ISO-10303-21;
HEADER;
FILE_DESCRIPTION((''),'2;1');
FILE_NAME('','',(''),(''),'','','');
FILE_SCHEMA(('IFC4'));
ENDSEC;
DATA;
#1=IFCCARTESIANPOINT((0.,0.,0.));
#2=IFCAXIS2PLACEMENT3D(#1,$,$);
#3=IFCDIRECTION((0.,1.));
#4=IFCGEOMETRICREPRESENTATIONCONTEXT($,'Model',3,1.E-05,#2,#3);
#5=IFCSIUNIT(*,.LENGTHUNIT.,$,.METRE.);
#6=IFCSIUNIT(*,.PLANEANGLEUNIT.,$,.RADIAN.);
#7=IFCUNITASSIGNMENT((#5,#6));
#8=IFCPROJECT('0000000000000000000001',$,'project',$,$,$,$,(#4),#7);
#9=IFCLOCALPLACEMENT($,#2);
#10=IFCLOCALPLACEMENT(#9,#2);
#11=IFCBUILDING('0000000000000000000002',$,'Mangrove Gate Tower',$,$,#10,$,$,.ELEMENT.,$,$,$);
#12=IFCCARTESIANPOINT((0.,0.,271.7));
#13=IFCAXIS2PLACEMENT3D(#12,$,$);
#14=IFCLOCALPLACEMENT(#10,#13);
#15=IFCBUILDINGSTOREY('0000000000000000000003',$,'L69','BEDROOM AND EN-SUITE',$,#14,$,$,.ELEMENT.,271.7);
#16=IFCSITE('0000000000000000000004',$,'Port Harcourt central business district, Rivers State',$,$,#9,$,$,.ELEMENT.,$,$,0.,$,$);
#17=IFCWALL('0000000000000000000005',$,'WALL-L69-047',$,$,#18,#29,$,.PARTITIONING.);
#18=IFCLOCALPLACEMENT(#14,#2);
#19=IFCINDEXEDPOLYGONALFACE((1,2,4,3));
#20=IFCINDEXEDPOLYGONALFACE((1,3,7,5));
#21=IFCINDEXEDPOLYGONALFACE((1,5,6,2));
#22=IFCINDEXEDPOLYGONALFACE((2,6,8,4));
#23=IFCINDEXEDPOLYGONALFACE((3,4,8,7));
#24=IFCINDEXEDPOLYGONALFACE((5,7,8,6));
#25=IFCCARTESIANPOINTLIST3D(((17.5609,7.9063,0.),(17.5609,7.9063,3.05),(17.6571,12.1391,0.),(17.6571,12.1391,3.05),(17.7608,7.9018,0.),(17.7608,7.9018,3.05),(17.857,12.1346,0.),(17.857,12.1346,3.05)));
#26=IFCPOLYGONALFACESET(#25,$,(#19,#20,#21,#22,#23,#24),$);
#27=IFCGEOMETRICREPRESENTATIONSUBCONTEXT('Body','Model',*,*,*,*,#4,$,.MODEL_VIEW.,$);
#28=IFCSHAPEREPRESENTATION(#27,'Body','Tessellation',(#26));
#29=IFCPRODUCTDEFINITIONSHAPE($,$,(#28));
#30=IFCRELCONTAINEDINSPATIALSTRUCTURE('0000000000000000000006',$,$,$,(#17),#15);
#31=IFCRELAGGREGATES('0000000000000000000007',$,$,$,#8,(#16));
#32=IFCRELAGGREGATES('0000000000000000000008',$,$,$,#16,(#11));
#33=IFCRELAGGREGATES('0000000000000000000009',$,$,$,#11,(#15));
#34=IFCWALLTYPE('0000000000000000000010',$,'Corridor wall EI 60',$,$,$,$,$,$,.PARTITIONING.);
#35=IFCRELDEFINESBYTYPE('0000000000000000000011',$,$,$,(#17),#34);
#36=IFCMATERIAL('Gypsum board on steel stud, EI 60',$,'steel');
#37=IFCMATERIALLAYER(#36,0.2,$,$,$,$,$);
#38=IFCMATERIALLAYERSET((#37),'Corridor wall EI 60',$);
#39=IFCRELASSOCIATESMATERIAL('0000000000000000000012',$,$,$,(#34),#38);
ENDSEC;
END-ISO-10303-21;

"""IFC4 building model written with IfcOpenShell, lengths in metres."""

from ifc_helpers import new_model, si_unit, direction, frame, frame_2d, origin, place, context, subcontext, project, spatial, rectangle, extrude, material, layer, layer_set, type_object, element, save


model = new_model("IFC4")

# Units and contexts
model_context = context("Model", 3, precision=1e-05, world=origin(), true_north=direction((0.0, 1.0)))
body_context = subcontext(model_context, "Body", "Model", "MODEL_VIEW")
ifc_project = project(units=[si_unit("LENGTHUNIT", "METRE"), si_unit("PLANEANGLEUNIT", "RADIAN")], contexts=[model_context])

# Site, building, storey
site_placement = place(None, origin())
site = spatial("IfcSite", under=ifc_project, at=site_placement, Name="Port Harcourt central business district, Rivers State", CompositionType="ELEMENT", RefElevation=0.0)
building_placement = place(site_placement, origin())
building = spatial("IfcBuilding", under=site, at=building_placement, Name="Mangrove Gate Tower", CompositionType="ELEMENT")
storey_placement = place(building_placement, frame((0.0, 0.0, 271.7)))
storey = spatial("IfcBuildingStorey", under=building, at=storey_placement, Name="L69", Description="BEDROOM AND EN-SUITE", CompositionType="ELEMENT", Elevation=271.7)

# Wall
ifc_material_1 = material(Name="Gypsum board on steel stud, EI 60", Category="steel")
ifc_layer_1 = layer(ifc_material_1, 0.2)
ifc_layer_set_1 = layer_set([ifc_layer_1], Name="Corridor wall EI 60")
wall_type_1 = type_object("IfcWallType", Name="Corridor wall EI 60", PredefinedType="PARTITIONING", material=ifc_layer_set_1)
wall_1_placement = place(storey_placement, frame((17.6609, 7.9041, 0.0), z_axis=(0.0, 0.0, 1.0), x_axis=(0.022719, 0.999742, 0.0)))
element("IfcWall", 1, at=wall_1_placement, inside=storey, type_object=wall_type_1, Name="WALL-L69-047", PredefinedType="PARTITIONING", context=body_context, shape_type="SweptSolid", body=[
    extrude(rectangle(XDim=4.2339, YDim=0.2, at=frame_2d((2.1169, 0.0))), origin(), (0.0, 0.0, 1.0), 3.05),
])

save(model, "model.ifc")
